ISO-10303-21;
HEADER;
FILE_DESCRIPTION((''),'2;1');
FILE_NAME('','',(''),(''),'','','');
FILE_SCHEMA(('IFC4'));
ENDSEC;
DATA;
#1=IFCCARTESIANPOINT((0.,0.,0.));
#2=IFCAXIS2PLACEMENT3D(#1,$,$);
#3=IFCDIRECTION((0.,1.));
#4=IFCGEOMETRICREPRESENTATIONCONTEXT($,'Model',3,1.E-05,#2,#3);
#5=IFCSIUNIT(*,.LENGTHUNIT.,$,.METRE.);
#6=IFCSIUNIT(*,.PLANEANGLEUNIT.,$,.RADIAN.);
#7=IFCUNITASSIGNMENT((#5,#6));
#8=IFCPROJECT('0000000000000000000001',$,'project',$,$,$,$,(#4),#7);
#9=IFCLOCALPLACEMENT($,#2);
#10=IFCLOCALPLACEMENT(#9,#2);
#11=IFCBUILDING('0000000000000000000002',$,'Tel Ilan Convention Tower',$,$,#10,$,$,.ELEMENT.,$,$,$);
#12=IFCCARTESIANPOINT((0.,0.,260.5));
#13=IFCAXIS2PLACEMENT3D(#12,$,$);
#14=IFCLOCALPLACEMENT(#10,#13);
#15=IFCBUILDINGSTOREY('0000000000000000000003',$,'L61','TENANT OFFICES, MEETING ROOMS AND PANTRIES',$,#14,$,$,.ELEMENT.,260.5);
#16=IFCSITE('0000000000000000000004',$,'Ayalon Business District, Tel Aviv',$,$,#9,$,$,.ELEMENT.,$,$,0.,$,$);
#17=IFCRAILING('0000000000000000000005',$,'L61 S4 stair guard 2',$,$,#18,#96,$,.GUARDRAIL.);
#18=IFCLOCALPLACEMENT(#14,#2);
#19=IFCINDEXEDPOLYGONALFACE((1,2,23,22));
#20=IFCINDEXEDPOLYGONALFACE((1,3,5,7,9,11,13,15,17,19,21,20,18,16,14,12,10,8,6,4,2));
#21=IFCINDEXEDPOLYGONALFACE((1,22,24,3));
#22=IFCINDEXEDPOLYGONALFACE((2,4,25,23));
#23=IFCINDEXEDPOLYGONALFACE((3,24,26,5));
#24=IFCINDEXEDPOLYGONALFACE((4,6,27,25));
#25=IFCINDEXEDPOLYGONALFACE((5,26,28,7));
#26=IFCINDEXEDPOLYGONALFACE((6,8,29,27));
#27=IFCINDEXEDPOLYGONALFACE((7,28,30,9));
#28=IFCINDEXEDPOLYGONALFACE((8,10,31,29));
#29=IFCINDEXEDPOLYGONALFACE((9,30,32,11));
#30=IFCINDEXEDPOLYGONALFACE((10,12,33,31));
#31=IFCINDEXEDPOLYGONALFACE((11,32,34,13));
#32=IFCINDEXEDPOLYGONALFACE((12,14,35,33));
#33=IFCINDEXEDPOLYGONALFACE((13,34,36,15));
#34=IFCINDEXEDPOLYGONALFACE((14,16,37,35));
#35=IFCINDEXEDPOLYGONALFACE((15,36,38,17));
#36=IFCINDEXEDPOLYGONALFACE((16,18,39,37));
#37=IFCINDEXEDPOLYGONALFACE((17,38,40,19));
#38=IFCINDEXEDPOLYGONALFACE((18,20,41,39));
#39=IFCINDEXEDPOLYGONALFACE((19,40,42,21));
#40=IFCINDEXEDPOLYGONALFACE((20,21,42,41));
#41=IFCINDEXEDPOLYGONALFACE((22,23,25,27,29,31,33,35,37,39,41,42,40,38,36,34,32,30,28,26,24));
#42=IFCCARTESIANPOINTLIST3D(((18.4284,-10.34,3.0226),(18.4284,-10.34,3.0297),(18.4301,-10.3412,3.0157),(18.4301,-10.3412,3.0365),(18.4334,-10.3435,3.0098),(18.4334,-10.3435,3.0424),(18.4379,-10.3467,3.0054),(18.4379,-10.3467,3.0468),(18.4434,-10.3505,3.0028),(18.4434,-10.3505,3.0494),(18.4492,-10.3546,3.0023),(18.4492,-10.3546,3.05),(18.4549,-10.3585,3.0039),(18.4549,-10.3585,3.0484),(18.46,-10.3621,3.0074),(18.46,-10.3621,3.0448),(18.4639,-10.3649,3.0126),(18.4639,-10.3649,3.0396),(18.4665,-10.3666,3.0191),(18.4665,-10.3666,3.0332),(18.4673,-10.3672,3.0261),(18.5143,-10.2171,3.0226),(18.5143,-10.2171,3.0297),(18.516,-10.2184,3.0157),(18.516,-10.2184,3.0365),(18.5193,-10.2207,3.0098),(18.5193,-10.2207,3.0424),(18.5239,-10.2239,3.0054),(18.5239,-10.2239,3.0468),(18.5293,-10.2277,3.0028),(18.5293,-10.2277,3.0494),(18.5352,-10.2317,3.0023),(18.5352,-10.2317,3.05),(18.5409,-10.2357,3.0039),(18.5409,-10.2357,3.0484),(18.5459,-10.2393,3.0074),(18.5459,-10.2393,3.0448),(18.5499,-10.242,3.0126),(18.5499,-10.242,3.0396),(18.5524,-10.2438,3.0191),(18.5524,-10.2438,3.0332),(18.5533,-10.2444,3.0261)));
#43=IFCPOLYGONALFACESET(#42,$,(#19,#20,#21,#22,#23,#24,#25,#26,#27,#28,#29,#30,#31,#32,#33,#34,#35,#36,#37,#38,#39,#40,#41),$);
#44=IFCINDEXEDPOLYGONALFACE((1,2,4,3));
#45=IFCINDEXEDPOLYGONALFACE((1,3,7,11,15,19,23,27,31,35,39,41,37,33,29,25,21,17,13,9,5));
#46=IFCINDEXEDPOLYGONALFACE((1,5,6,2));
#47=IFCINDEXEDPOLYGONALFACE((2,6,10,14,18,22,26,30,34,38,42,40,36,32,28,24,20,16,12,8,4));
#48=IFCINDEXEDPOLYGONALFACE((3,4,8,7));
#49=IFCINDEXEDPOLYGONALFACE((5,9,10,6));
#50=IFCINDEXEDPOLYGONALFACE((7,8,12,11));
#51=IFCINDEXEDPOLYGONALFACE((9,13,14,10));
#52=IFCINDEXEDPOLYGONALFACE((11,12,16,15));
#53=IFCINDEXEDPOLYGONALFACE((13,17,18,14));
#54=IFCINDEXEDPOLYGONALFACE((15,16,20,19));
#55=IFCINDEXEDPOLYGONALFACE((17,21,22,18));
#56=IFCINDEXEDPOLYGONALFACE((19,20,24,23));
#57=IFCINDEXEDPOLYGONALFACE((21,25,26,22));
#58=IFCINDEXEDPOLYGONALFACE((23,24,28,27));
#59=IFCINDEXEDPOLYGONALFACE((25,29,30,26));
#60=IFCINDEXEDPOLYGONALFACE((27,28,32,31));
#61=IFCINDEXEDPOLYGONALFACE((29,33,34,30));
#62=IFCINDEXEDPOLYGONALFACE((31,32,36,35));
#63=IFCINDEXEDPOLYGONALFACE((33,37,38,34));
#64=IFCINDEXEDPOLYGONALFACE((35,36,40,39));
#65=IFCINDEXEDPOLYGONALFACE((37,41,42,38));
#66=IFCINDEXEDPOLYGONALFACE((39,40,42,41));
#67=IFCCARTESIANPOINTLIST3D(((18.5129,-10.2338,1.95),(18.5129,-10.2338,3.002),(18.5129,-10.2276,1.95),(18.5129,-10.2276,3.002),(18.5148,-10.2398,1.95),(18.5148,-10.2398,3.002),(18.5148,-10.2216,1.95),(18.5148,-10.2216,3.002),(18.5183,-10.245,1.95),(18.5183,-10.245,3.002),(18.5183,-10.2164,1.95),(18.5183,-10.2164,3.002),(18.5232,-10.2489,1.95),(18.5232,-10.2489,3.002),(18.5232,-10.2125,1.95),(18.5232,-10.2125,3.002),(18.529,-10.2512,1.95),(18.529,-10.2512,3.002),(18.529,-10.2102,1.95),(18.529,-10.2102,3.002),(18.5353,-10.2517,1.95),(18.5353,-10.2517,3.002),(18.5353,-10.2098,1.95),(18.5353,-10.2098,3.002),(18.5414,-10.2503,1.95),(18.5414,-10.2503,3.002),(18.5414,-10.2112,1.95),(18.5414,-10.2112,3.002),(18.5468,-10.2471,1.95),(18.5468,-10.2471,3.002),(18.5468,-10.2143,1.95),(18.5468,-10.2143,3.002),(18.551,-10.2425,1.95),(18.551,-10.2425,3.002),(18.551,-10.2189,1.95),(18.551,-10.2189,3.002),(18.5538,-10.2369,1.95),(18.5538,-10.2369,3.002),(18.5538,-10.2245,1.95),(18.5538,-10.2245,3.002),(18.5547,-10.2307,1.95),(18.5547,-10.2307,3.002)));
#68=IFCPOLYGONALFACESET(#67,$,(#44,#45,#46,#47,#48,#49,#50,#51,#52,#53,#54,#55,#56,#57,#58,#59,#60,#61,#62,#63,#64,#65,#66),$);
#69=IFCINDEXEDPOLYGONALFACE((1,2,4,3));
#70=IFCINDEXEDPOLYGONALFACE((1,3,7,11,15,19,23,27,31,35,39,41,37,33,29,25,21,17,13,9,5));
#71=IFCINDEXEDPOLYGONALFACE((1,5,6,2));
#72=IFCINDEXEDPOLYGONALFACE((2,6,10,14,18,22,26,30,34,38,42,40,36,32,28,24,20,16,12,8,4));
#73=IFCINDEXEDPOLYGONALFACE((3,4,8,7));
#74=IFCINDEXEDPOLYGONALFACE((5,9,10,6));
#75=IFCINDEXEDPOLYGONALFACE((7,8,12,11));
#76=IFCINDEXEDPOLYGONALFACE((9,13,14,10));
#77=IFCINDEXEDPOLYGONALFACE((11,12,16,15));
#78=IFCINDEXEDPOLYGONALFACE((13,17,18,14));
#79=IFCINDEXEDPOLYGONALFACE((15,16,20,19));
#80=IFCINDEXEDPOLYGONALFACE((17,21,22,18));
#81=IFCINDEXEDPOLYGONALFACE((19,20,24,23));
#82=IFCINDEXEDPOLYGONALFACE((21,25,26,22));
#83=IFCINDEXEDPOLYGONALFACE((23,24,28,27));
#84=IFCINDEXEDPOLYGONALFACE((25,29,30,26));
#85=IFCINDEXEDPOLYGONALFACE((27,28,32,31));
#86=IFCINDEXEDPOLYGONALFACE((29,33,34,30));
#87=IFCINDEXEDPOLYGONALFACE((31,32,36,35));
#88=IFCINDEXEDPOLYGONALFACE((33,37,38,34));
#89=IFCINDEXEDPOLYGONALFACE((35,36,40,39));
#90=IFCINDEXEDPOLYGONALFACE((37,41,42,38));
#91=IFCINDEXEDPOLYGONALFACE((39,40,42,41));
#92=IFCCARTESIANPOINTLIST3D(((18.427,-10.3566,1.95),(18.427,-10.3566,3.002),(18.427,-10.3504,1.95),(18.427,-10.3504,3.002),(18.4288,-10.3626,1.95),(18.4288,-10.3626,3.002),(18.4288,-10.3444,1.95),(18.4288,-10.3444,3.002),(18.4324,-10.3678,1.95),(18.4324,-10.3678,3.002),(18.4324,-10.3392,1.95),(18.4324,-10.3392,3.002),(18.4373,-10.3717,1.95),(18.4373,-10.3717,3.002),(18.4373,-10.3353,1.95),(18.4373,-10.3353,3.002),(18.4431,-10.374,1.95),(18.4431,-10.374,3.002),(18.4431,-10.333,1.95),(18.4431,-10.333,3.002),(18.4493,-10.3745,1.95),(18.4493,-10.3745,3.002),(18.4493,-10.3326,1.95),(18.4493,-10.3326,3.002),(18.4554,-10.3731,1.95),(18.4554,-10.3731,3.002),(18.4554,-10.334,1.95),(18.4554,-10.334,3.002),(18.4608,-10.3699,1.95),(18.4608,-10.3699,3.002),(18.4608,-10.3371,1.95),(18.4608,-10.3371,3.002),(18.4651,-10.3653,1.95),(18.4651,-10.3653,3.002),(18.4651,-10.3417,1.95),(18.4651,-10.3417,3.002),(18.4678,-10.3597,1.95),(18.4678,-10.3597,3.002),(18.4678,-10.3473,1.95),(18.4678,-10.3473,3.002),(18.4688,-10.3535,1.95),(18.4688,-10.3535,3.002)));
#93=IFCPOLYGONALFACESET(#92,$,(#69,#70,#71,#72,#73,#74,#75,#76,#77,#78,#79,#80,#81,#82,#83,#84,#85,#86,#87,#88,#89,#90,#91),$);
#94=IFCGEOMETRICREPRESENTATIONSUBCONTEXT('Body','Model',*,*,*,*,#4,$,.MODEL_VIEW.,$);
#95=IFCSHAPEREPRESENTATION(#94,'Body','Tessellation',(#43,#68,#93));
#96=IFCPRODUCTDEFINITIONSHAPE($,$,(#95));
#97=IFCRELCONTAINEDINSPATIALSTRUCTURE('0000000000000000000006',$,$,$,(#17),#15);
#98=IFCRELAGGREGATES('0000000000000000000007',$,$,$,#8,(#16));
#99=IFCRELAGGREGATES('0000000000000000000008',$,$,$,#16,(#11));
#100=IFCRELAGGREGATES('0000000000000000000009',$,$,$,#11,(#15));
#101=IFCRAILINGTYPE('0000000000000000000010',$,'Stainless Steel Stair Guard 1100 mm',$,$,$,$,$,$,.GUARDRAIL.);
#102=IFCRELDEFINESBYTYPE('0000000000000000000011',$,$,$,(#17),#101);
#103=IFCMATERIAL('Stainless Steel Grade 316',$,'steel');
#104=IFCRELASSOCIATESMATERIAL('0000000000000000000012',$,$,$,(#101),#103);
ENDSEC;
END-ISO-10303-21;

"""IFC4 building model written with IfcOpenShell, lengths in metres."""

from ifc_helpers import new_model, si_unit, direction, frame, origin, origin_2d, place, context, subcontext, project, spatial, circle, extrude, material, type_object, element, save


model = new_model("IFC4")

# Units and contexts
model_context = context("Model", 3, precision=1e-05, world=origin(), true_north=direction((0.0, 1.0)))
body_context = subcontext(model_context, "Body", "Model", "MODEL_VIEW")
ifc_project = project(units=[si_unit("LENGTHUNIT", "METRE"), si_unit("PLANEANGLEUNIT", "RADIAN")], contexts=[model_context])

# Site, building, storey
site_placement = place(None, origin())
site = spatial("IfcSite", under=ifc_project, at=site_placement, Name="Ayalon Business District, Tel Aviv", CompositionType="ELEMENT", RefElevation=0.0)
building_placement = place(site_placement, origin())
building = spatial("IfcBuilding", under=site, at=building_placement, Name="Tel Ilan Convention Tower", CompositionType="ELEMENT")
storey_placement = place(building_placement, frame((0.0, 0.0, 260.5)))
storey = spatial("IfcBuildingStorey", under=building, at=storey_placement, Name="L61", Description="TENANT OFFICES, MEETING ROOMS AND PANTRIES", CompositionType="ELEMENT", Elevation=260.5)

# Railing
ifc_material_1 = material(Name="Stainless Steel Grade 316", Category="steel")
railing_type_1 = type_object("IfcRailingType", Name="Stainless Steel Stair Guard 1100 mm", PredefinedType="GUARDRAIL", material=ifc_material_1)
railing_1_placement = place(storey_placement, frame((18.5337, -10.2307, 1.95)))
element("IfcRailing", 1, at=railing_1_placement, inside=storey, type_object=railing_type_1, Name="L61 S4 stair guard 2", PredefinedType="GUARDRAIL", context=body_context, shape_type="SweptSolid", body=[
    extrude(circle(Radius=0.0239, at=origin_2d()), frame((0.0, 0.0, 1.0762), z_axis=(-0.573353, -0.819308, 0.0), x_axis=(0.819308, -0.573353, 0.0)), (0.0, 0.0, 1.0), 0.1499),
    extrude(circle(Radius=0.021, at=origin_2d()), origin(), (0.0, 0.0, 1.0), 1.052),
    extrude(circle(Radius=0.021, at=origin_2d()), frame((-0.0859, -0.1228, 0.0)), (0.0, 0.0, 1.0), 1.052),
])

save(model, "model.ifc")
